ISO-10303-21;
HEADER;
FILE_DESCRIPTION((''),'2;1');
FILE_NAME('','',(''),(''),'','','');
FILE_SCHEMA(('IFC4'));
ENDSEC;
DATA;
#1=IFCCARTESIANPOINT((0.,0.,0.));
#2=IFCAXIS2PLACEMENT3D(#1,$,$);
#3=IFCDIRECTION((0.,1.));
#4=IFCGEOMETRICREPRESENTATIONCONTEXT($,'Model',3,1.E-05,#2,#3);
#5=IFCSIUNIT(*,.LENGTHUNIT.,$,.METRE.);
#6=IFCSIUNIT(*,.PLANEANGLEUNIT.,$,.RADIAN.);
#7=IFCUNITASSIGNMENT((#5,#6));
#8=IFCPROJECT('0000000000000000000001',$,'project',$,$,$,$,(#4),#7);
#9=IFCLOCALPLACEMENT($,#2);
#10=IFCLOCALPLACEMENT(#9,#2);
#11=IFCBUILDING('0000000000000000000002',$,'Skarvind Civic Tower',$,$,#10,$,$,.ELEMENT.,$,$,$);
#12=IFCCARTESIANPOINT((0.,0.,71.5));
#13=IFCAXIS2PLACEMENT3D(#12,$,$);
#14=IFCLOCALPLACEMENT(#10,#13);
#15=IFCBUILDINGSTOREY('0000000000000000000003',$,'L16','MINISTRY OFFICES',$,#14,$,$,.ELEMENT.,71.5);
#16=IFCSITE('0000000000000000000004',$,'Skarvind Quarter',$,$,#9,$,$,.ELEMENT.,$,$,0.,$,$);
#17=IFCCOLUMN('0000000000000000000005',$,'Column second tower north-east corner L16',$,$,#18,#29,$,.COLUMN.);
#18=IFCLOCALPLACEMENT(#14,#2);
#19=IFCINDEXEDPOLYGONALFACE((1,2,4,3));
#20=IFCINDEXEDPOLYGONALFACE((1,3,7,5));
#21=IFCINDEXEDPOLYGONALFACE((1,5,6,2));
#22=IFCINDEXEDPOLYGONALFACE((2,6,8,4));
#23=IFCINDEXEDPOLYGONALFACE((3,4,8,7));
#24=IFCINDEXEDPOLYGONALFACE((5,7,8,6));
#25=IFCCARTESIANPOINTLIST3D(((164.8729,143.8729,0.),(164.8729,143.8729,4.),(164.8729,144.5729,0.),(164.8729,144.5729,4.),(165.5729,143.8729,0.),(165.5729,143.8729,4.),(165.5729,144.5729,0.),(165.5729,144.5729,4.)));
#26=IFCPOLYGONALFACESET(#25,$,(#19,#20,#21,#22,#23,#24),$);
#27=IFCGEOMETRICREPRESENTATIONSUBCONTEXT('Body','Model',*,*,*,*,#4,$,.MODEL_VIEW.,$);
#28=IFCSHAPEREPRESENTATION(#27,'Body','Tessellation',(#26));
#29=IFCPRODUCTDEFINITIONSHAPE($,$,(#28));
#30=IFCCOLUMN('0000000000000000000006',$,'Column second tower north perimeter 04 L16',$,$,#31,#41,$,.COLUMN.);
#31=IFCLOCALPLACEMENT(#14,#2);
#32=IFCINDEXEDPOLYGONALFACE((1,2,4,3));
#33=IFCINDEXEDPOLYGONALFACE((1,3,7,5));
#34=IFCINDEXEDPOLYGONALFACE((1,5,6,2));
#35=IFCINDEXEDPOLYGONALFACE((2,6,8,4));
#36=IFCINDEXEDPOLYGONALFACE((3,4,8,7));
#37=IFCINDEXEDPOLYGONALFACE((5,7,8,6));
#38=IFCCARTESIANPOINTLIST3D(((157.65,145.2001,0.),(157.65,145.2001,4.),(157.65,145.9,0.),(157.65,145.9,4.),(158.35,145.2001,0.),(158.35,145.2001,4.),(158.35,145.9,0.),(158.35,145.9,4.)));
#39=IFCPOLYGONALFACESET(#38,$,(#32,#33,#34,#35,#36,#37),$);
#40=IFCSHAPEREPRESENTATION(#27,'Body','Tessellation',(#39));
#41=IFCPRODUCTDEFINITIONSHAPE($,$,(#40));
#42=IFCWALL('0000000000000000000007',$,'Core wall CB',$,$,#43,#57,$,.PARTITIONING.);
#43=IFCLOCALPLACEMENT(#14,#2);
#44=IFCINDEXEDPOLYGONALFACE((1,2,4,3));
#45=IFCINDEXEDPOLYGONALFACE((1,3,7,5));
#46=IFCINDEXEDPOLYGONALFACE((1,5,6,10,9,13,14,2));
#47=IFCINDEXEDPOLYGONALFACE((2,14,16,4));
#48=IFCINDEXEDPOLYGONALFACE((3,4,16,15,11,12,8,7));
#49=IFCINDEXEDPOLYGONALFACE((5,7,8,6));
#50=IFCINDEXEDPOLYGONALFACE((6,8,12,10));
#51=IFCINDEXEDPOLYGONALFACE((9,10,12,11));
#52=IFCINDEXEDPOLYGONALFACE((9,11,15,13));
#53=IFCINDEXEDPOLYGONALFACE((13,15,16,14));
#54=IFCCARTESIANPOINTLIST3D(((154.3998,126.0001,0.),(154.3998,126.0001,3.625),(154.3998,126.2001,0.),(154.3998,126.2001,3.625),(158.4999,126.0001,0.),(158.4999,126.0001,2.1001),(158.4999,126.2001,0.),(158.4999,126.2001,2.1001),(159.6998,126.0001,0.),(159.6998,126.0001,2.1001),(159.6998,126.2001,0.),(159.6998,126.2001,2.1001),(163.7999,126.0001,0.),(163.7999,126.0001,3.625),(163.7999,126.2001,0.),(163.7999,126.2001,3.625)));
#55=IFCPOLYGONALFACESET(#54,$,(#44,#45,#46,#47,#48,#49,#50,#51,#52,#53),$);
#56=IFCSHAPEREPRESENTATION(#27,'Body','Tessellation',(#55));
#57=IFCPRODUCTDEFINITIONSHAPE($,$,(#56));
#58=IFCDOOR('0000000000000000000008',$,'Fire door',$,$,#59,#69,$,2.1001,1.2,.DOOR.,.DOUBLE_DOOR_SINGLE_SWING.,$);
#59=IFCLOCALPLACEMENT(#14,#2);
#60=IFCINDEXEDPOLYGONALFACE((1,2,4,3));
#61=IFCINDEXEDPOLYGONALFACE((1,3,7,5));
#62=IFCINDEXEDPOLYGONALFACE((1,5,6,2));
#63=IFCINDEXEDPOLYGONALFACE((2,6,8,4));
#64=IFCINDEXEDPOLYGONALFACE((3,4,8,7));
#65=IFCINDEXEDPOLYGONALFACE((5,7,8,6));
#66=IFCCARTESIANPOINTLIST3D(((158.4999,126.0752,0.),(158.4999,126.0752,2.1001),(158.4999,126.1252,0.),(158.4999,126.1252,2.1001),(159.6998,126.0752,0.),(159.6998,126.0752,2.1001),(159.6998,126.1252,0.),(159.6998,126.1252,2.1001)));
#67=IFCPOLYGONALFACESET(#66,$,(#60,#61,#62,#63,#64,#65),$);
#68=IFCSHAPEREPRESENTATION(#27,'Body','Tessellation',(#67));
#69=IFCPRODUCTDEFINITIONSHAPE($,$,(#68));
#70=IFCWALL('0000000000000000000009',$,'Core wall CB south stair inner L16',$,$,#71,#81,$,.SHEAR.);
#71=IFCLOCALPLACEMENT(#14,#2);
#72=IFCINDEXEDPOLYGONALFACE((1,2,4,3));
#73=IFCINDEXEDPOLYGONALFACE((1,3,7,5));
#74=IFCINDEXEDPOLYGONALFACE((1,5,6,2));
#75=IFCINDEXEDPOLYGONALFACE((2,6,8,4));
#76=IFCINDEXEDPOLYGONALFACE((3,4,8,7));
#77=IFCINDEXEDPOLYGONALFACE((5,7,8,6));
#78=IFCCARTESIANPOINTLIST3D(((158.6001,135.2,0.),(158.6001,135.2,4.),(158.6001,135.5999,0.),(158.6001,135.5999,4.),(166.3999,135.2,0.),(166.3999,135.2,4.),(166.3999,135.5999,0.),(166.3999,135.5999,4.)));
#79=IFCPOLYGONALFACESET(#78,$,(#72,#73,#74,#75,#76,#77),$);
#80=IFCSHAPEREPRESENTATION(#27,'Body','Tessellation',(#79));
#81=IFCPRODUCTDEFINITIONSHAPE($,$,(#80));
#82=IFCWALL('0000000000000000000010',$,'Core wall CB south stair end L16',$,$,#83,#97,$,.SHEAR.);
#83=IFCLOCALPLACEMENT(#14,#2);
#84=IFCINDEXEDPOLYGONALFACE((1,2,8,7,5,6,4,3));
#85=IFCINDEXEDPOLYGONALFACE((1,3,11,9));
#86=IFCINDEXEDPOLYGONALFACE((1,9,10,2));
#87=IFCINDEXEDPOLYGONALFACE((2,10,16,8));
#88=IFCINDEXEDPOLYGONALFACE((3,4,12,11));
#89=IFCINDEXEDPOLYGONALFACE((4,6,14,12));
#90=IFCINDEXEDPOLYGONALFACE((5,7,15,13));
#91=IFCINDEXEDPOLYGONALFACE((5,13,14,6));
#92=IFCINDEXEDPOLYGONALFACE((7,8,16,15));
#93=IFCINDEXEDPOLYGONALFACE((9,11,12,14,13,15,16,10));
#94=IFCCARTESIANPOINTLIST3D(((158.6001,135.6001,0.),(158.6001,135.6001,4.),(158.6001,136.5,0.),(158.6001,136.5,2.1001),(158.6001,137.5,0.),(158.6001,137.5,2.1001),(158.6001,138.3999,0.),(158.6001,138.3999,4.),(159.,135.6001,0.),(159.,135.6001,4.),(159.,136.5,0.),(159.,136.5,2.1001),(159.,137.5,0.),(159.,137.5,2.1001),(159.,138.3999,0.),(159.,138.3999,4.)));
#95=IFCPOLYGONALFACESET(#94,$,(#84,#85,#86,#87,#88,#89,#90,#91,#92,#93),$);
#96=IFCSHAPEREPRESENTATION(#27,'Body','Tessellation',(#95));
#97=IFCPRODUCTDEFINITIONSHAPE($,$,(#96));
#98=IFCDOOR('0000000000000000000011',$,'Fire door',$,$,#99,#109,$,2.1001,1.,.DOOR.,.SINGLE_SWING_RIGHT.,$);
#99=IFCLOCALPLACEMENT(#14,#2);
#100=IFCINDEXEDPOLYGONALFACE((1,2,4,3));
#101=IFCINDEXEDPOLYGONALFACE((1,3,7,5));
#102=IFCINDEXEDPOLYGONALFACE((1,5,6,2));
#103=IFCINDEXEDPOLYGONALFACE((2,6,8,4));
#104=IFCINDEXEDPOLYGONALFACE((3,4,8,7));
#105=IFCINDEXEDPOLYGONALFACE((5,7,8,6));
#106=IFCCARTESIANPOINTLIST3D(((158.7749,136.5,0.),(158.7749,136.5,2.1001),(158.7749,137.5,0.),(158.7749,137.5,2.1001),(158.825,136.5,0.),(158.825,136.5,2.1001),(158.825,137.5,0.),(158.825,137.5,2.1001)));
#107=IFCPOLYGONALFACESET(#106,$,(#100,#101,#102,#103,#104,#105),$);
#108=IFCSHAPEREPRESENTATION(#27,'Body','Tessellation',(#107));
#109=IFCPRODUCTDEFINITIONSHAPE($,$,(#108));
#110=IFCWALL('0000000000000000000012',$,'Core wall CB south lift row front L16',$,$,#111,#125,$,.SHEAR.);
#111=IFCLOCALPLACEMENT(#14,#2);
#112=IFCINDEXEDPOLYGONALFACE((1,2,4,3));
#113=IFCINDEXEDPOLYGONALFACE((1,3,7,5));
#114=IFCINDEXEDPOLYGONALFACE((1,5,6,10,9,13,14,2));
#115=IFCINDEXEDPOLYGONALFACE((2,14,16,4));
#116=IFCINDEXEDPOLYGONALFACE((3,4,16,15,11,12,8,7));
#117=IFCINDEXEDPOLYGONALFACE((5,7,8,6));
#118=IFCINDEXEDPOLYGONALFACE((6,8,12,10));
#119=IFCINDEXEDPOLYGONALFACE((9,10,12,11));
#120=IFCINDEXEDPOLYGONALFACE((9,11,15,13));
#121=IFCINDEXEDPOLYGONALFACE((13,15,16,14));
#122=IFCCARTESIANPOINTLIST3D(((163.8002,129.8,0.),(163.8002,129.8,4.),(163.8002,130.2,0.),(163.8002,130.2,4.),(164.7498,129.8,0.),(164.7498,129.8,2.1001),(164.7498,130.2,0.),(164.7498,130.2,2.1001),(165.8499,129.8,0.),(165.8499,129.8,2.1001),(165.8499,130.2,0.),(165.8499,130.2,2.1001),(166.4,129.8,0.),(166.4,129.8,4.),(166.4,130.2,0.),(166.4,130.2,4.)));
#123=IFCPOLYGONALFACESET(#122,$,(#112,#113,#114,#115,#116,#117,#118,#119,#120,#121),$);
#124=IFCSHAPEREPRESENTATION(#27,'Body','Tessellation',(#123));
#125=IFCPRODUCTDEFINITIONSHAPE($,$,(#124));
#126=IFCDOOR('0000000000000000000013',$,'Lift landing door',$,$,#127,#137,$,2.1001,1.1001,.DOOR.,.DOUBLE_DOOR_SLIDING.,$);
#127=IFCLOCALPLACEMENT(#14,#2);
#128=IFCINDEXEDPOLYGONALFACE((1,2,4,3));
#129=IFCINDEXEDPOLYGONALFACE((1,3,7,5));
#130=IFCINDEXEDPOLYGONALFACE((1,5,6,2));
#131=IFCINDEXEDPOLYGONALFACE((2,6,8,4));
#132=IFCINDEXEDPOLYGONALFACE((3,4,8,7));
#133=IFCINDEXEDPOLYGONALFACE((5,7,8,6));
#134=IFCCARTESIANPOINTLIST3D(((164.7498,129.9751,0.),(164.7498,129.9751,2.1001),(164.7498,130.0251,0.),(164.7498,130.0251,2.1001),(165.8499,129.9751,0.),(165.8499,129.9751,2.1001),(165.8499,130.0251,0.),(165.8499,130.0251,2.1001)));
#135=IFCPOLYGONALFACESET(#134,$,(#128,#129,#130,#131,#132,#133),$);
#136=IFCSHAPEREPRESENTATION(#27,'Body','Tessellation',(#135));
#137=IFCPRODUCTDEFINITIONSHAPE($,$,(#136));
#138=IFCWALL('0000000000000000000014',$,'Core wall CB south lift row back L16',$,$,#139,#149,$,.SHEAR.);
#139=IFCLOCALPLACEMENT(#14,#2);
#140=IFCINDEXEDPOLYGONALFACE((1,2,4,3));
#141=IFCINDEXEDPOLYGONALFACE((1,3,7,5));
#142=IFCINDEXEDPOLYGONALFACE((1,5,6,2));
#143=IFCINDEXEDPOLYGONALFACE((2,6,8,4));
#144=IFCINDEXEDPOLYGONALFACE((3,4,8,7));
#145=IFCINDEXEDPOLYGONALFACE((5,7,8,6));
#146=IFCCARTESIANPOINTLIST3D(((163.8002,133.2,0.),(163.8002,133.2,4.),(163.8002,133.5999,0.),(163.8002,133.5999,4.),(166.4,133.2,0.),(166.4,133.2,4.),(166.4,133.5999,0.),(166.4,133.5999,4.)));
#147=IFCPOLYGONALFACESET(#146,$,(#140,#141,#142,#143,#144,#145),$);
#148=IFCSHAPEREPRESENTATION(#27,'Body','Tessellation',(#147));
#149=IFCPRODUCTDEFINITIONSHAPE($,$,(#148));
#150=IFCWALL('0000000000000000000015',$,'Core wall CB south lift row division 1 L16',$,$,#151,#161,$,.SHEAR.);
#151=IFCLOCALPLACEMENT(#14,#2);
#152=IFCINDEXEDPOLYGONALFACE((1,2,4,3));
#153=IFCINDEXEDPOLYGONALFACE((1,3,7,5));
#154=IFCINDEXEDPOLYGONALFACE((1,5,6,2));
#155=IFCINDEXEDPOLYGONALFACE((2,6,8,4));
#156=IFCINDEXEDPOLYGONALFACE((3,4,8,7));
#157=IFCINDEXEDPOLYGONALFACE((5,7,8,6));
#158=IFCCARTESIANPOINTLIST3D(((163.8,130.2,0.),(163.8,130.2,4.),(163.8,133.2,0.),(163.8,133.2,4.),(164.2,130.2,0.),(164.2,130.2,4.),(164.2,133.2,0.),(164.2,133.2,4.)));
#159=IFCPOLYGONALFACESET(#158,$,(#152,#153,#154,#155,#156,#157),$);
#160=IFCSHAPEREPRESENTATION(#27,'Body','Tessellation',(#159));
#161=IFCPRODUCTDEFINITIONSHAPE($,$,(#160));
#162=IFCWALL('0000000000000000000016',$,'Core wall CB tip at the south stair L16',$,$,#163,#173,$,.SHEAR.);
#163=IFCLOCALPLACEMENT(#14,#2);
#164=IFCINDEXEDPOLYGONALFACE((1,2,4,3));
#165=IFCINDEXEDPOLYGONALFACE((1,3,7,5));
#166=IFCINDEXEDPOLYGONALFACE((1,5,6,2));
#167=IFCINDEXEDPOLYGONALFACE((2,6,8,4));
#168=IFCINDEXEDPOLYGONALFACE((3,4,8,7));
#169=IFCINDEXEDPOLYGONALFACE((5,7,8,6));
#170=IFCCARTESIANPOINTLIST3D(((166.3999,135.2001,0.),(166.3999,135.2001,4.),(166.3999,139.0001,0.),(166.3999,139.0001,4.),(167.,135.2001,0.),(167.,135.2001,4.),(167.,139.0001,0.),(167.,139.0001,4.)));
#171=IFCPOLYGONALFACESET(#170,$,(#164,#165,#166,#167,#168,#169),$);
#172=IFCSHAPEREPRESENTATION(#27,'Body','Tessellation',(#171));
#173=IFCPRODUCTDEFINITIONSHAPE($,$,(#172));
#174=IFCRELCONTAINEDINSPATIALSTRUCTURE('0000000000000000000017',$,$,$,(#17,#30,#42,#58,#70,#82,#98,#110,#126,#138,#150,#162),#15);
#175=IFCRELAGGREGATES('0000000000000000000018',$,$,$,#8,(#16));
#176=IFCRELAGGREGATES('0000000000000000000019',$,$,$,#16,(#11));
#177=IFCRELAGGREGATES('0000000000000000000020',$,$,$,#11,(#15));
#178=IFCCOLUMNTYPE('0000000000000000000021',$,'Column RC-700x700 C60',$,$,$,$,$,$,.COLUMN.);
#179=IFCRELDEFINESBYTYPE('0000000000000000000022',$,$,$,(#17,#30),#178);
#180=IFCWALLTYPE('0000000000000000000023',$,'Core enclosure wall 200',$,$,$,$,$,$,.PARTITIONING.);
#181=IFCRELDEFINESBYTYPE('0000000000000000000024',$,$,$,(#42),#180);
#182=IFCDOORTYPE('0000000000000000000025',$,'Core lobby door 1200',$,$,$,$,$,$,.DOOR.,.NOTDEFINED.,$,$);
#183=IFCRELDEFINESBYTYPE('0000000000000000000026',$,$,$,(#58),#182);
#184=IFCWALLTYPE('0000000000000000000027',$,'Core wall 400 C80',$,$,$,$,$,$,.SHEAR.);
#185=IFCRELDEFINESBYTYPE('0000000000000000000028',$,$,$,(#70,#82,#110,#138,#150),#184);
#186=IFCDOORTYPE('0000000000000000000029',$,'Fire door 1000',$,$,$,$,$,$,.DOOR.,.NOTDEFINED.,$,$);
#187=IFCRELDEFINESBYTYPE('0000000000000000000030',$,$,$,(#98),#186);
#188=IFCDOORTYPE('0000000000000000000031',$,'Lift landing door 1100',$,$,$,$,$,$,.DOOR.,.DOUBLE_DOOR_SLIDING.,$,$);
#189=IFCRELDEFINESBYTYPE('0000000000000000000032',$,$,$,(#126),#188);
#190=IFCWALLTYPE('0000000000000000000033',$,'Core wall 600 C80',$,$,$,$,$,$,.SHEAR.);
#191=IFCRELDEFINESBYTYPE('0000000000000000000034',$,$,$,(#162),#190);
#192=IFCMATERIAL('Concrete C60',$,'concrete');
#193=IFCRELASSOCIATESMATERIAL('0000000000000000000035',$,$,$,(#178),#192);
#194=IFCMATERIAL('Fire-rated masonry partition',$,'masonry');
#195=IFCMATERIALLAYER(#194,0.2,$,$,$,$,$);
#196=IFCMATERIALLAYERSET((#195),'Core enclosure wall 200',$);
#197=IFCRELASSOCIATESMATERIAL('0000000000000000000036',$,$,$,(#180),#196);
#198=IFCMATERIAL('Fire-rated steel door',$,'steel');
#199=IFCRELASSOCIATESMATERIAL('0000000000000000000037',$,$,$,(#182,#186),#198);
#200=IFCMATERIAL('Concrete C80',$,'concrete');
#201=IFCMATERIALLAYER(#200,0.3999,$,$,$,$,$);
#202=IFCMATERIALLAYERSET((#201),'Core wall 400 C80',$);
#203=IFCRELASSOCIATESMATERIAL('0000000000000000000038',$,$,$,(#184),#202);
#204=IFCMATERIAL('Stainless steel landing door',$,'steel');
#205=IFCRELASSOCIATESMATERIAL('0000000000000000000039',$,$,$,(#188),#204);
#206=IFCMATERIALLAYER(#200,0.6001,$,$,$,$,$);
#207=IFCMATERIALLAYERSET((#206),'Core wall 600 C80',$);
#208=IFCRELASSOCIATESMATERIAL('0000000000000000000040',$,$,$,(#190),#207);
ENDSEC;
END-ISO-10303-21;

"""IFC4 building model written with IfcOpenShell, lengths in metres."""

from ifc_helpers import new_model, si_unit, direction, frame, frame_2d, origin, origin_2d, place, context, subcontext, project, spatial, rectangle, extrude, material, layer, layer_set, material_profile, profile_set, type_object, element, fill, save


model = new_model("IFC4")

# Units and contexts
model_context = context("Model", 3, precision=1e-05, world=origin(), true_north=direction((0.0, 1.0)))
body_context = subcontext(model_context, "Body", "Model", "MODEL_VIEW")
ifc_project = project(units=[si_unit("LENGTHUNIT", "METRE"), si_unit("PLANEANGLEUNIT", "RADIAN")], contexts=[model_context])

# Site, building, storey
site_placement = place(None, origin())
site = spatial("IfcSite", under=ifc_project, at=site_placement, Name="Skarvind Quarter", CompositionType="ELEMENT", RefElevation=0.0)
building_placement = place(site_placement, origin())
building = spatial("IfcBuilding", under=site, at=building_placement, Name="Skarvind Civic Tower", CompositionType="ELEMENT")
storey_placement = place(building_placement, frame((0.0, 0.0, 71.5)))
storey = spatial("IfcBuildingStorey", under=building, at=storey_placement, Name="L16", Description="MINISTRY OFFICES", CompositionType="ELEMENT", Elevation=71.5)

# Columns
ifc_material_1 = material(Name="Concrete C60", Category="concrete")
ifc_material_profile = material_profile(ifc_material_1, rectangle(XDim=0.7, YDim=0.7, at=origin_2d()), Name="RC-700x700")
ifc_profile_set = profile_set([ifc_material_profile], Name="Concrete C60")
column_type = type_object("IfcColumnType", Name="Column RC-700x700 C60", PredefinedType="COLUMN", material=ifc_profile_set)
for number, where, z_axis, x_axis, name in (
    (1, (165.2229, 144.2229, 0.0), (0.0, 0.0, 1.0), (1.0, 0.0, 0.0), "Column second tower north-east corner L16"),
    (2, (158.0, 145.55, 0.0), (0.0, 0.0, 1.0), (1.0, 0.0, 0.0), "Column second tower north perimeter 04 L16"),
):
    element("IfcColumn", number, at=place(storey_placement, frame(where, z_axis=z_axis, x_axis=x_axis)), inside=storey, type_object=column_type, Name=name, PredefinedType="COLUMN", context=body_context, shape_type="SweptSolid", body=[
        extrude(rectangle(XDim=0.7, YDim=0.7, at=origin_2d()), origin(), (0.0, 0.0, 1.0), 4.0),
    ])

# Wall, opening, door
ifc_material_2 = material(Name="Fire-rated masonry partition", Category="masonry")
ifc_layer_1 = layer(ifc_material_2, 0.2)
ifc_layer_set_1 = layer_set([ifc_layer_1], Name="Core enclosure wall 200")
wall_type_1 = type_object("IfcWallType", Name="Core enclosure wall 200", PredefinedType="PARTITIONING", material=ifc_layer_set_1)
wall_1_placement = place(storey_placement, frame((163.8, 126.1001, 0.0), z_axis=(0.0, 0.0, 1.0), x_axis=(-1.0, 0.0, 0.0)))
wall_1 = element("IfcWall", 3, at=wall_1_placement, inside=storey, type_object=wall_type_1, Name="Core wall CB", PredefinedType="PARTITIONING", context=body_context, shape_type="SweptSolid", body=[
    extrude(rectangle(XDim=9.4001, YDim=0.2, at=frame_2d((4.7002, 0.0))), origin(), (0.0, 0.0, 1.0), 3.625),
])
opening_1_placement = place(wall_1_placement, frame((4.1001, 0.0, 0.0)))
opening_1 = element("IfcOpeningElement", 4, at=opening_1_placement, cuts=wall_1, PredefinedType="OPENING", context=body_context, shape_type="SweptSolid", body=[
    extrude(rectangle(XDim=1.2, YDim=2.1001, at=frame_2d((0.6001, 1.05))), frame((0.0, 0.1099, 0.0), z_axis=(0.0, -1.0, 0.0), x_axis=(1.0, 0.0, 0.0)), (0.0, 0.0, 1.0), 0.22),
])
ifc_material_3 = material(Name="Fire-rated steel door", Category="steel")
door_type_1 = type_object("IfcDoorType", Name="Core lobby door 1200", OperationType="NOTDEFINED", PredefinedType="DOOR", material=ifc_material_3)
door_1_placement = place(opening_1_placement, origin())
door_1 = element("IfcDoor", 5, at=door_1_placement, inside=storey, type_object=door_type_1, Name="Fire door", OperationType="DOUBLE_DOOR_SINGLE_SWING", OverallHeight=2.1001, OverallWidth=1.2, PredefinedType="DOOR", context=body_context, shape_type="SweptSolid", body=[
    extrude(rectangle(XDim=1.2, YDim=2.1001, at=frame_2d((0.6001, 1.05))), frame((0.0, 0.0249, 0.0), z_axis=(0.0, -1.0, 0.0), x_axis=(1.0, 0.0, 0.0)), (0.0, 0.0, 1.0), 0.05),
])
fill(opening_1, door_1)

# Wall
ifc_material_4 = material(Name="Concrete C80", Category="concrete")
ifc_layer_2 = layer(ifc_material_4, 0.3999)
ifc_layer_set_2 = layer_set([ifc_layer_2], Name="Core wall 400 C80")
wall_type_2 = type_object("IfcWallType", Name="Core wall 400 C80", PredefinedType="SHEAR", material=ifc_layer_set_2)
wall_2_placement = place(storey_placement, frame((166.3999, 135.3999, 0.0), z_axis=(0.0, 0.0, 1.0), x_axis=(-1.0, 0.0, 0.0)))
element("IfcWall", 6, at=wall_2_placement, inside=storey, type_object=wall_type_2, Name="Core wall CB south stair inner L16", PredefinedType="SHEAR", context=body_context, shape_type="SweptSolid", body=[
    extrude(rectangle(XDim=7.7998, YDim=0.3999, at=frame_2d((3.8999, 0.0))), origin(), (0.0, 0.0, 1.0), 4.0),
])

# Walls, openings, doors
wall_3_placement = place(storey_placement, frame((158.8, 138.3999, 0.0), z_axis=(0.0, 0.0, 1.0), x_axis=(0.0, -1.0, 0.0)))
wall_3 = element("IfcWall", 7, at=wall_3_placement, inside=storey, type_object=wall_type_2, Name="Core wall CB south stair end L16", PredefinedType="SHEAR", context=body_context, shape_type="SweptSolid", body=[
    extrude(rectangle(XDim=2.7998, YDim=0.3999, at=frame_2d((1.3999, 0.0))), origin(), (0.0, 0.0, 1.0), 4.0),
])
opening_2_placement = place(wall_3_placement, frame((0.8999, 0.0, 0.0)))
opening_2 = element("IfcOpeningElement", 8, at=opening_2_placement, cuts=wall_3, PredefinedType="OPENING", context=body_context, shape_type="SweptSolid", body=[
    extrude(rectangle(XDim=1.0, YDim=2.1001, at=frame_2d((0.5, 1.05))), frame((0.0, 0.21, 0.0), z_axis=(0.0, -1.0, 0.0), x_axis=(1.0, 0.0, 0.0)), (0.0, 0.0, 1.0), 0.4199),
])
door_type_2 = type_object("IfcDoorType", Name="Fire door 1000", OperationType="NOTDEFINED", PredefinedType="DOOR", material=ifc_material_3)
door_2_placement = place(opening_2_placement, origin())
door_2 = element("IfcDoor", 9, at=door_2_placement, inside=storey, type_object=door_type_2, Name="Fire door", OperationType="SINGLE_SWING_RIGHT", OverallHeight=2.1001, OverallWidth=1.0, PredefinedType="DOOR", context=body_context, shape_type="SweptSolid", body=[
    extrude(rectangle(XDim=1.0, YDim=2.1001, at=frame_2d((0.5, 1.05))), frame((0.0, 0.0249, 0.0), z_axis=(0.0, -1.0, 0.0), x_axis=(1.0, 0.0, 0.0)), (0.0, 0.0, 1.0), 0.05),
])
fill(opening_2, door_2)
wall_4_placement = place(storey_placement, frame((166.3999, 130.0, 0.0), z_axis=(0.0, 0.0, 1.0), x_axis=(-1.0, 0.0, 0.0)))
wall_4 = element("IfcWall", 10, at=wall_4_placement, inside=storey, type_object=wall_type_2, Name="Core wall CB south lift row front L16", PredefinedType="SHEAR", context=body_context, shape_type="SweptSolid", body=[
    extrude(rectangle(XDim=2.5999, YDim=0.3999, at=frame_2d((1.2998, 0.0))), origin(), (0.0, 0.0, 1.0), 4.0),
])
opening_3_placement = place(wall_4_placement, frame((0.55, 0.0, 0.0)))
opening_3 = element("IfcOpeningElement", 11, at=opening_3_placement, cuts=wall_4, PredefinedType="OPENING", context=body_context, shape_type="SweptSolid", body=[
    extrude(rectangle(XDim=1.1001, YDim=2.1001, at=frame_2d((0.55, 1.05))), frame((0.0, 0.21, 0.0), z_axis=(0.0, -1.0, 0.0), x_axis=(1.0, 0.0, 0.0)), (0.0, 0.0, 1.0), 0.4199),
])
ifc_material_5 = material(Name="Stainless steel landing door", Category="steel")
door_type_3 = type_object("IfcDoorType", Name="Lift landing door 1100", OperationType="DOUBLE_DOOR_SLIDING", PredefinedType="DOOR", material=ifc_material_5)
door_3_placement = place(opening_3_placement, origin())
door_3 = element("IfcDoor", 12, at=door_3_placement, inside=storey, type_object=door_type_3, Name="Lift landing door", OperationType="DOUBLE_DOOR_SLIDING", OverallHeight=2.1001, OverallWidth=1.1001, PredefinedType="DOOR", context=body_context, shape_type="SweptSolid", body=[
    extrude(rectangle(XDim=1.1001, YDim=2.1001, at=frame_2d((0.55, 1.05))), frame((0.0, 0.0249, 0.0), z_axis=(0.0, -1.0, 0.0), x_axis=(1.0, 0.0, 0.0)), (0.0, 0.0, 1.0), 0.05),
])
fill(opening_3, door_3)

# Walls
wall_5_placement = place(storey_placement, frame((166.3999, 133.3999, 0.0), z_axis=(0.0, 0.0, 1.0), x_axis=(-1.0, 0.0, 0.0)))
element("IfcWall", 13, at=wall_5_placement, inside=storey, type_object=wall_type_2, Name="Core wall CB south lift row back L16", PredefinedType="SHEAR", context=body_context, shape_type="SweptSolid", body=[
    extrude(rectangle(XDim=2.5999, YDim=0.3999, at=frame_2d((1.2998, 0.0))), origin(), (0.0, 0.0, 1.0), 4.0),
])
wall_6_placement = place(storey_placement, frame((164.0, 133.2, 0.0), z_axis=(0.0, 0.0, 1.0), x_axis=(0.0, -1.0, 0.0)))
element("IfcWall", 14, at=wall_6_placement, inside=storey, type_object=wall_type_2, Name="Core wall CB south lift row division 1 L16", PredefinedType="SHEAR", context=body_context, shape_type="SweptSolid", body=[
    extrude(rectangle(XDim=3.0, YDim=0.3999, at=frame_2d((1.5, 0.0))), origin(), (0.0, 0.0, 1.0), 4.0),
])
ifc_layer_3 = layer(ifc_material_4, 0.6001)
ifc_layer_set_3 = layer_set([ifc_layer_3], Name="Core wall 600 C80")
wall_type_3 = type_object("IfcWallType", Name="Core wall 600 C80", PredefinedType="SHEAR", material=ifc_layer_set_3)
wall_7_placement = place(storey_placement, frame((166.7, 139.0, 0.0), z_axis=(0.0, 0.0, 1.0), x_axis=(0.0, -1.0, 0.0)))
element("IfcWall", 15, at=wall_7_placement, inside=storey, type_object=wall_type_3, Name="Core wall CB tip at the south stair L16", PredefinedType="SHEAR", context=body_context, shape_type="SweptSolid", body=[
    extrude(rectangle(XDim=3.8, YDim=0.6001, at=frame_2d((1.8999, 0.0))), origin(), (0.0, 0.0, 1.0), 4.0),
])

save(model, "model.ifc")
